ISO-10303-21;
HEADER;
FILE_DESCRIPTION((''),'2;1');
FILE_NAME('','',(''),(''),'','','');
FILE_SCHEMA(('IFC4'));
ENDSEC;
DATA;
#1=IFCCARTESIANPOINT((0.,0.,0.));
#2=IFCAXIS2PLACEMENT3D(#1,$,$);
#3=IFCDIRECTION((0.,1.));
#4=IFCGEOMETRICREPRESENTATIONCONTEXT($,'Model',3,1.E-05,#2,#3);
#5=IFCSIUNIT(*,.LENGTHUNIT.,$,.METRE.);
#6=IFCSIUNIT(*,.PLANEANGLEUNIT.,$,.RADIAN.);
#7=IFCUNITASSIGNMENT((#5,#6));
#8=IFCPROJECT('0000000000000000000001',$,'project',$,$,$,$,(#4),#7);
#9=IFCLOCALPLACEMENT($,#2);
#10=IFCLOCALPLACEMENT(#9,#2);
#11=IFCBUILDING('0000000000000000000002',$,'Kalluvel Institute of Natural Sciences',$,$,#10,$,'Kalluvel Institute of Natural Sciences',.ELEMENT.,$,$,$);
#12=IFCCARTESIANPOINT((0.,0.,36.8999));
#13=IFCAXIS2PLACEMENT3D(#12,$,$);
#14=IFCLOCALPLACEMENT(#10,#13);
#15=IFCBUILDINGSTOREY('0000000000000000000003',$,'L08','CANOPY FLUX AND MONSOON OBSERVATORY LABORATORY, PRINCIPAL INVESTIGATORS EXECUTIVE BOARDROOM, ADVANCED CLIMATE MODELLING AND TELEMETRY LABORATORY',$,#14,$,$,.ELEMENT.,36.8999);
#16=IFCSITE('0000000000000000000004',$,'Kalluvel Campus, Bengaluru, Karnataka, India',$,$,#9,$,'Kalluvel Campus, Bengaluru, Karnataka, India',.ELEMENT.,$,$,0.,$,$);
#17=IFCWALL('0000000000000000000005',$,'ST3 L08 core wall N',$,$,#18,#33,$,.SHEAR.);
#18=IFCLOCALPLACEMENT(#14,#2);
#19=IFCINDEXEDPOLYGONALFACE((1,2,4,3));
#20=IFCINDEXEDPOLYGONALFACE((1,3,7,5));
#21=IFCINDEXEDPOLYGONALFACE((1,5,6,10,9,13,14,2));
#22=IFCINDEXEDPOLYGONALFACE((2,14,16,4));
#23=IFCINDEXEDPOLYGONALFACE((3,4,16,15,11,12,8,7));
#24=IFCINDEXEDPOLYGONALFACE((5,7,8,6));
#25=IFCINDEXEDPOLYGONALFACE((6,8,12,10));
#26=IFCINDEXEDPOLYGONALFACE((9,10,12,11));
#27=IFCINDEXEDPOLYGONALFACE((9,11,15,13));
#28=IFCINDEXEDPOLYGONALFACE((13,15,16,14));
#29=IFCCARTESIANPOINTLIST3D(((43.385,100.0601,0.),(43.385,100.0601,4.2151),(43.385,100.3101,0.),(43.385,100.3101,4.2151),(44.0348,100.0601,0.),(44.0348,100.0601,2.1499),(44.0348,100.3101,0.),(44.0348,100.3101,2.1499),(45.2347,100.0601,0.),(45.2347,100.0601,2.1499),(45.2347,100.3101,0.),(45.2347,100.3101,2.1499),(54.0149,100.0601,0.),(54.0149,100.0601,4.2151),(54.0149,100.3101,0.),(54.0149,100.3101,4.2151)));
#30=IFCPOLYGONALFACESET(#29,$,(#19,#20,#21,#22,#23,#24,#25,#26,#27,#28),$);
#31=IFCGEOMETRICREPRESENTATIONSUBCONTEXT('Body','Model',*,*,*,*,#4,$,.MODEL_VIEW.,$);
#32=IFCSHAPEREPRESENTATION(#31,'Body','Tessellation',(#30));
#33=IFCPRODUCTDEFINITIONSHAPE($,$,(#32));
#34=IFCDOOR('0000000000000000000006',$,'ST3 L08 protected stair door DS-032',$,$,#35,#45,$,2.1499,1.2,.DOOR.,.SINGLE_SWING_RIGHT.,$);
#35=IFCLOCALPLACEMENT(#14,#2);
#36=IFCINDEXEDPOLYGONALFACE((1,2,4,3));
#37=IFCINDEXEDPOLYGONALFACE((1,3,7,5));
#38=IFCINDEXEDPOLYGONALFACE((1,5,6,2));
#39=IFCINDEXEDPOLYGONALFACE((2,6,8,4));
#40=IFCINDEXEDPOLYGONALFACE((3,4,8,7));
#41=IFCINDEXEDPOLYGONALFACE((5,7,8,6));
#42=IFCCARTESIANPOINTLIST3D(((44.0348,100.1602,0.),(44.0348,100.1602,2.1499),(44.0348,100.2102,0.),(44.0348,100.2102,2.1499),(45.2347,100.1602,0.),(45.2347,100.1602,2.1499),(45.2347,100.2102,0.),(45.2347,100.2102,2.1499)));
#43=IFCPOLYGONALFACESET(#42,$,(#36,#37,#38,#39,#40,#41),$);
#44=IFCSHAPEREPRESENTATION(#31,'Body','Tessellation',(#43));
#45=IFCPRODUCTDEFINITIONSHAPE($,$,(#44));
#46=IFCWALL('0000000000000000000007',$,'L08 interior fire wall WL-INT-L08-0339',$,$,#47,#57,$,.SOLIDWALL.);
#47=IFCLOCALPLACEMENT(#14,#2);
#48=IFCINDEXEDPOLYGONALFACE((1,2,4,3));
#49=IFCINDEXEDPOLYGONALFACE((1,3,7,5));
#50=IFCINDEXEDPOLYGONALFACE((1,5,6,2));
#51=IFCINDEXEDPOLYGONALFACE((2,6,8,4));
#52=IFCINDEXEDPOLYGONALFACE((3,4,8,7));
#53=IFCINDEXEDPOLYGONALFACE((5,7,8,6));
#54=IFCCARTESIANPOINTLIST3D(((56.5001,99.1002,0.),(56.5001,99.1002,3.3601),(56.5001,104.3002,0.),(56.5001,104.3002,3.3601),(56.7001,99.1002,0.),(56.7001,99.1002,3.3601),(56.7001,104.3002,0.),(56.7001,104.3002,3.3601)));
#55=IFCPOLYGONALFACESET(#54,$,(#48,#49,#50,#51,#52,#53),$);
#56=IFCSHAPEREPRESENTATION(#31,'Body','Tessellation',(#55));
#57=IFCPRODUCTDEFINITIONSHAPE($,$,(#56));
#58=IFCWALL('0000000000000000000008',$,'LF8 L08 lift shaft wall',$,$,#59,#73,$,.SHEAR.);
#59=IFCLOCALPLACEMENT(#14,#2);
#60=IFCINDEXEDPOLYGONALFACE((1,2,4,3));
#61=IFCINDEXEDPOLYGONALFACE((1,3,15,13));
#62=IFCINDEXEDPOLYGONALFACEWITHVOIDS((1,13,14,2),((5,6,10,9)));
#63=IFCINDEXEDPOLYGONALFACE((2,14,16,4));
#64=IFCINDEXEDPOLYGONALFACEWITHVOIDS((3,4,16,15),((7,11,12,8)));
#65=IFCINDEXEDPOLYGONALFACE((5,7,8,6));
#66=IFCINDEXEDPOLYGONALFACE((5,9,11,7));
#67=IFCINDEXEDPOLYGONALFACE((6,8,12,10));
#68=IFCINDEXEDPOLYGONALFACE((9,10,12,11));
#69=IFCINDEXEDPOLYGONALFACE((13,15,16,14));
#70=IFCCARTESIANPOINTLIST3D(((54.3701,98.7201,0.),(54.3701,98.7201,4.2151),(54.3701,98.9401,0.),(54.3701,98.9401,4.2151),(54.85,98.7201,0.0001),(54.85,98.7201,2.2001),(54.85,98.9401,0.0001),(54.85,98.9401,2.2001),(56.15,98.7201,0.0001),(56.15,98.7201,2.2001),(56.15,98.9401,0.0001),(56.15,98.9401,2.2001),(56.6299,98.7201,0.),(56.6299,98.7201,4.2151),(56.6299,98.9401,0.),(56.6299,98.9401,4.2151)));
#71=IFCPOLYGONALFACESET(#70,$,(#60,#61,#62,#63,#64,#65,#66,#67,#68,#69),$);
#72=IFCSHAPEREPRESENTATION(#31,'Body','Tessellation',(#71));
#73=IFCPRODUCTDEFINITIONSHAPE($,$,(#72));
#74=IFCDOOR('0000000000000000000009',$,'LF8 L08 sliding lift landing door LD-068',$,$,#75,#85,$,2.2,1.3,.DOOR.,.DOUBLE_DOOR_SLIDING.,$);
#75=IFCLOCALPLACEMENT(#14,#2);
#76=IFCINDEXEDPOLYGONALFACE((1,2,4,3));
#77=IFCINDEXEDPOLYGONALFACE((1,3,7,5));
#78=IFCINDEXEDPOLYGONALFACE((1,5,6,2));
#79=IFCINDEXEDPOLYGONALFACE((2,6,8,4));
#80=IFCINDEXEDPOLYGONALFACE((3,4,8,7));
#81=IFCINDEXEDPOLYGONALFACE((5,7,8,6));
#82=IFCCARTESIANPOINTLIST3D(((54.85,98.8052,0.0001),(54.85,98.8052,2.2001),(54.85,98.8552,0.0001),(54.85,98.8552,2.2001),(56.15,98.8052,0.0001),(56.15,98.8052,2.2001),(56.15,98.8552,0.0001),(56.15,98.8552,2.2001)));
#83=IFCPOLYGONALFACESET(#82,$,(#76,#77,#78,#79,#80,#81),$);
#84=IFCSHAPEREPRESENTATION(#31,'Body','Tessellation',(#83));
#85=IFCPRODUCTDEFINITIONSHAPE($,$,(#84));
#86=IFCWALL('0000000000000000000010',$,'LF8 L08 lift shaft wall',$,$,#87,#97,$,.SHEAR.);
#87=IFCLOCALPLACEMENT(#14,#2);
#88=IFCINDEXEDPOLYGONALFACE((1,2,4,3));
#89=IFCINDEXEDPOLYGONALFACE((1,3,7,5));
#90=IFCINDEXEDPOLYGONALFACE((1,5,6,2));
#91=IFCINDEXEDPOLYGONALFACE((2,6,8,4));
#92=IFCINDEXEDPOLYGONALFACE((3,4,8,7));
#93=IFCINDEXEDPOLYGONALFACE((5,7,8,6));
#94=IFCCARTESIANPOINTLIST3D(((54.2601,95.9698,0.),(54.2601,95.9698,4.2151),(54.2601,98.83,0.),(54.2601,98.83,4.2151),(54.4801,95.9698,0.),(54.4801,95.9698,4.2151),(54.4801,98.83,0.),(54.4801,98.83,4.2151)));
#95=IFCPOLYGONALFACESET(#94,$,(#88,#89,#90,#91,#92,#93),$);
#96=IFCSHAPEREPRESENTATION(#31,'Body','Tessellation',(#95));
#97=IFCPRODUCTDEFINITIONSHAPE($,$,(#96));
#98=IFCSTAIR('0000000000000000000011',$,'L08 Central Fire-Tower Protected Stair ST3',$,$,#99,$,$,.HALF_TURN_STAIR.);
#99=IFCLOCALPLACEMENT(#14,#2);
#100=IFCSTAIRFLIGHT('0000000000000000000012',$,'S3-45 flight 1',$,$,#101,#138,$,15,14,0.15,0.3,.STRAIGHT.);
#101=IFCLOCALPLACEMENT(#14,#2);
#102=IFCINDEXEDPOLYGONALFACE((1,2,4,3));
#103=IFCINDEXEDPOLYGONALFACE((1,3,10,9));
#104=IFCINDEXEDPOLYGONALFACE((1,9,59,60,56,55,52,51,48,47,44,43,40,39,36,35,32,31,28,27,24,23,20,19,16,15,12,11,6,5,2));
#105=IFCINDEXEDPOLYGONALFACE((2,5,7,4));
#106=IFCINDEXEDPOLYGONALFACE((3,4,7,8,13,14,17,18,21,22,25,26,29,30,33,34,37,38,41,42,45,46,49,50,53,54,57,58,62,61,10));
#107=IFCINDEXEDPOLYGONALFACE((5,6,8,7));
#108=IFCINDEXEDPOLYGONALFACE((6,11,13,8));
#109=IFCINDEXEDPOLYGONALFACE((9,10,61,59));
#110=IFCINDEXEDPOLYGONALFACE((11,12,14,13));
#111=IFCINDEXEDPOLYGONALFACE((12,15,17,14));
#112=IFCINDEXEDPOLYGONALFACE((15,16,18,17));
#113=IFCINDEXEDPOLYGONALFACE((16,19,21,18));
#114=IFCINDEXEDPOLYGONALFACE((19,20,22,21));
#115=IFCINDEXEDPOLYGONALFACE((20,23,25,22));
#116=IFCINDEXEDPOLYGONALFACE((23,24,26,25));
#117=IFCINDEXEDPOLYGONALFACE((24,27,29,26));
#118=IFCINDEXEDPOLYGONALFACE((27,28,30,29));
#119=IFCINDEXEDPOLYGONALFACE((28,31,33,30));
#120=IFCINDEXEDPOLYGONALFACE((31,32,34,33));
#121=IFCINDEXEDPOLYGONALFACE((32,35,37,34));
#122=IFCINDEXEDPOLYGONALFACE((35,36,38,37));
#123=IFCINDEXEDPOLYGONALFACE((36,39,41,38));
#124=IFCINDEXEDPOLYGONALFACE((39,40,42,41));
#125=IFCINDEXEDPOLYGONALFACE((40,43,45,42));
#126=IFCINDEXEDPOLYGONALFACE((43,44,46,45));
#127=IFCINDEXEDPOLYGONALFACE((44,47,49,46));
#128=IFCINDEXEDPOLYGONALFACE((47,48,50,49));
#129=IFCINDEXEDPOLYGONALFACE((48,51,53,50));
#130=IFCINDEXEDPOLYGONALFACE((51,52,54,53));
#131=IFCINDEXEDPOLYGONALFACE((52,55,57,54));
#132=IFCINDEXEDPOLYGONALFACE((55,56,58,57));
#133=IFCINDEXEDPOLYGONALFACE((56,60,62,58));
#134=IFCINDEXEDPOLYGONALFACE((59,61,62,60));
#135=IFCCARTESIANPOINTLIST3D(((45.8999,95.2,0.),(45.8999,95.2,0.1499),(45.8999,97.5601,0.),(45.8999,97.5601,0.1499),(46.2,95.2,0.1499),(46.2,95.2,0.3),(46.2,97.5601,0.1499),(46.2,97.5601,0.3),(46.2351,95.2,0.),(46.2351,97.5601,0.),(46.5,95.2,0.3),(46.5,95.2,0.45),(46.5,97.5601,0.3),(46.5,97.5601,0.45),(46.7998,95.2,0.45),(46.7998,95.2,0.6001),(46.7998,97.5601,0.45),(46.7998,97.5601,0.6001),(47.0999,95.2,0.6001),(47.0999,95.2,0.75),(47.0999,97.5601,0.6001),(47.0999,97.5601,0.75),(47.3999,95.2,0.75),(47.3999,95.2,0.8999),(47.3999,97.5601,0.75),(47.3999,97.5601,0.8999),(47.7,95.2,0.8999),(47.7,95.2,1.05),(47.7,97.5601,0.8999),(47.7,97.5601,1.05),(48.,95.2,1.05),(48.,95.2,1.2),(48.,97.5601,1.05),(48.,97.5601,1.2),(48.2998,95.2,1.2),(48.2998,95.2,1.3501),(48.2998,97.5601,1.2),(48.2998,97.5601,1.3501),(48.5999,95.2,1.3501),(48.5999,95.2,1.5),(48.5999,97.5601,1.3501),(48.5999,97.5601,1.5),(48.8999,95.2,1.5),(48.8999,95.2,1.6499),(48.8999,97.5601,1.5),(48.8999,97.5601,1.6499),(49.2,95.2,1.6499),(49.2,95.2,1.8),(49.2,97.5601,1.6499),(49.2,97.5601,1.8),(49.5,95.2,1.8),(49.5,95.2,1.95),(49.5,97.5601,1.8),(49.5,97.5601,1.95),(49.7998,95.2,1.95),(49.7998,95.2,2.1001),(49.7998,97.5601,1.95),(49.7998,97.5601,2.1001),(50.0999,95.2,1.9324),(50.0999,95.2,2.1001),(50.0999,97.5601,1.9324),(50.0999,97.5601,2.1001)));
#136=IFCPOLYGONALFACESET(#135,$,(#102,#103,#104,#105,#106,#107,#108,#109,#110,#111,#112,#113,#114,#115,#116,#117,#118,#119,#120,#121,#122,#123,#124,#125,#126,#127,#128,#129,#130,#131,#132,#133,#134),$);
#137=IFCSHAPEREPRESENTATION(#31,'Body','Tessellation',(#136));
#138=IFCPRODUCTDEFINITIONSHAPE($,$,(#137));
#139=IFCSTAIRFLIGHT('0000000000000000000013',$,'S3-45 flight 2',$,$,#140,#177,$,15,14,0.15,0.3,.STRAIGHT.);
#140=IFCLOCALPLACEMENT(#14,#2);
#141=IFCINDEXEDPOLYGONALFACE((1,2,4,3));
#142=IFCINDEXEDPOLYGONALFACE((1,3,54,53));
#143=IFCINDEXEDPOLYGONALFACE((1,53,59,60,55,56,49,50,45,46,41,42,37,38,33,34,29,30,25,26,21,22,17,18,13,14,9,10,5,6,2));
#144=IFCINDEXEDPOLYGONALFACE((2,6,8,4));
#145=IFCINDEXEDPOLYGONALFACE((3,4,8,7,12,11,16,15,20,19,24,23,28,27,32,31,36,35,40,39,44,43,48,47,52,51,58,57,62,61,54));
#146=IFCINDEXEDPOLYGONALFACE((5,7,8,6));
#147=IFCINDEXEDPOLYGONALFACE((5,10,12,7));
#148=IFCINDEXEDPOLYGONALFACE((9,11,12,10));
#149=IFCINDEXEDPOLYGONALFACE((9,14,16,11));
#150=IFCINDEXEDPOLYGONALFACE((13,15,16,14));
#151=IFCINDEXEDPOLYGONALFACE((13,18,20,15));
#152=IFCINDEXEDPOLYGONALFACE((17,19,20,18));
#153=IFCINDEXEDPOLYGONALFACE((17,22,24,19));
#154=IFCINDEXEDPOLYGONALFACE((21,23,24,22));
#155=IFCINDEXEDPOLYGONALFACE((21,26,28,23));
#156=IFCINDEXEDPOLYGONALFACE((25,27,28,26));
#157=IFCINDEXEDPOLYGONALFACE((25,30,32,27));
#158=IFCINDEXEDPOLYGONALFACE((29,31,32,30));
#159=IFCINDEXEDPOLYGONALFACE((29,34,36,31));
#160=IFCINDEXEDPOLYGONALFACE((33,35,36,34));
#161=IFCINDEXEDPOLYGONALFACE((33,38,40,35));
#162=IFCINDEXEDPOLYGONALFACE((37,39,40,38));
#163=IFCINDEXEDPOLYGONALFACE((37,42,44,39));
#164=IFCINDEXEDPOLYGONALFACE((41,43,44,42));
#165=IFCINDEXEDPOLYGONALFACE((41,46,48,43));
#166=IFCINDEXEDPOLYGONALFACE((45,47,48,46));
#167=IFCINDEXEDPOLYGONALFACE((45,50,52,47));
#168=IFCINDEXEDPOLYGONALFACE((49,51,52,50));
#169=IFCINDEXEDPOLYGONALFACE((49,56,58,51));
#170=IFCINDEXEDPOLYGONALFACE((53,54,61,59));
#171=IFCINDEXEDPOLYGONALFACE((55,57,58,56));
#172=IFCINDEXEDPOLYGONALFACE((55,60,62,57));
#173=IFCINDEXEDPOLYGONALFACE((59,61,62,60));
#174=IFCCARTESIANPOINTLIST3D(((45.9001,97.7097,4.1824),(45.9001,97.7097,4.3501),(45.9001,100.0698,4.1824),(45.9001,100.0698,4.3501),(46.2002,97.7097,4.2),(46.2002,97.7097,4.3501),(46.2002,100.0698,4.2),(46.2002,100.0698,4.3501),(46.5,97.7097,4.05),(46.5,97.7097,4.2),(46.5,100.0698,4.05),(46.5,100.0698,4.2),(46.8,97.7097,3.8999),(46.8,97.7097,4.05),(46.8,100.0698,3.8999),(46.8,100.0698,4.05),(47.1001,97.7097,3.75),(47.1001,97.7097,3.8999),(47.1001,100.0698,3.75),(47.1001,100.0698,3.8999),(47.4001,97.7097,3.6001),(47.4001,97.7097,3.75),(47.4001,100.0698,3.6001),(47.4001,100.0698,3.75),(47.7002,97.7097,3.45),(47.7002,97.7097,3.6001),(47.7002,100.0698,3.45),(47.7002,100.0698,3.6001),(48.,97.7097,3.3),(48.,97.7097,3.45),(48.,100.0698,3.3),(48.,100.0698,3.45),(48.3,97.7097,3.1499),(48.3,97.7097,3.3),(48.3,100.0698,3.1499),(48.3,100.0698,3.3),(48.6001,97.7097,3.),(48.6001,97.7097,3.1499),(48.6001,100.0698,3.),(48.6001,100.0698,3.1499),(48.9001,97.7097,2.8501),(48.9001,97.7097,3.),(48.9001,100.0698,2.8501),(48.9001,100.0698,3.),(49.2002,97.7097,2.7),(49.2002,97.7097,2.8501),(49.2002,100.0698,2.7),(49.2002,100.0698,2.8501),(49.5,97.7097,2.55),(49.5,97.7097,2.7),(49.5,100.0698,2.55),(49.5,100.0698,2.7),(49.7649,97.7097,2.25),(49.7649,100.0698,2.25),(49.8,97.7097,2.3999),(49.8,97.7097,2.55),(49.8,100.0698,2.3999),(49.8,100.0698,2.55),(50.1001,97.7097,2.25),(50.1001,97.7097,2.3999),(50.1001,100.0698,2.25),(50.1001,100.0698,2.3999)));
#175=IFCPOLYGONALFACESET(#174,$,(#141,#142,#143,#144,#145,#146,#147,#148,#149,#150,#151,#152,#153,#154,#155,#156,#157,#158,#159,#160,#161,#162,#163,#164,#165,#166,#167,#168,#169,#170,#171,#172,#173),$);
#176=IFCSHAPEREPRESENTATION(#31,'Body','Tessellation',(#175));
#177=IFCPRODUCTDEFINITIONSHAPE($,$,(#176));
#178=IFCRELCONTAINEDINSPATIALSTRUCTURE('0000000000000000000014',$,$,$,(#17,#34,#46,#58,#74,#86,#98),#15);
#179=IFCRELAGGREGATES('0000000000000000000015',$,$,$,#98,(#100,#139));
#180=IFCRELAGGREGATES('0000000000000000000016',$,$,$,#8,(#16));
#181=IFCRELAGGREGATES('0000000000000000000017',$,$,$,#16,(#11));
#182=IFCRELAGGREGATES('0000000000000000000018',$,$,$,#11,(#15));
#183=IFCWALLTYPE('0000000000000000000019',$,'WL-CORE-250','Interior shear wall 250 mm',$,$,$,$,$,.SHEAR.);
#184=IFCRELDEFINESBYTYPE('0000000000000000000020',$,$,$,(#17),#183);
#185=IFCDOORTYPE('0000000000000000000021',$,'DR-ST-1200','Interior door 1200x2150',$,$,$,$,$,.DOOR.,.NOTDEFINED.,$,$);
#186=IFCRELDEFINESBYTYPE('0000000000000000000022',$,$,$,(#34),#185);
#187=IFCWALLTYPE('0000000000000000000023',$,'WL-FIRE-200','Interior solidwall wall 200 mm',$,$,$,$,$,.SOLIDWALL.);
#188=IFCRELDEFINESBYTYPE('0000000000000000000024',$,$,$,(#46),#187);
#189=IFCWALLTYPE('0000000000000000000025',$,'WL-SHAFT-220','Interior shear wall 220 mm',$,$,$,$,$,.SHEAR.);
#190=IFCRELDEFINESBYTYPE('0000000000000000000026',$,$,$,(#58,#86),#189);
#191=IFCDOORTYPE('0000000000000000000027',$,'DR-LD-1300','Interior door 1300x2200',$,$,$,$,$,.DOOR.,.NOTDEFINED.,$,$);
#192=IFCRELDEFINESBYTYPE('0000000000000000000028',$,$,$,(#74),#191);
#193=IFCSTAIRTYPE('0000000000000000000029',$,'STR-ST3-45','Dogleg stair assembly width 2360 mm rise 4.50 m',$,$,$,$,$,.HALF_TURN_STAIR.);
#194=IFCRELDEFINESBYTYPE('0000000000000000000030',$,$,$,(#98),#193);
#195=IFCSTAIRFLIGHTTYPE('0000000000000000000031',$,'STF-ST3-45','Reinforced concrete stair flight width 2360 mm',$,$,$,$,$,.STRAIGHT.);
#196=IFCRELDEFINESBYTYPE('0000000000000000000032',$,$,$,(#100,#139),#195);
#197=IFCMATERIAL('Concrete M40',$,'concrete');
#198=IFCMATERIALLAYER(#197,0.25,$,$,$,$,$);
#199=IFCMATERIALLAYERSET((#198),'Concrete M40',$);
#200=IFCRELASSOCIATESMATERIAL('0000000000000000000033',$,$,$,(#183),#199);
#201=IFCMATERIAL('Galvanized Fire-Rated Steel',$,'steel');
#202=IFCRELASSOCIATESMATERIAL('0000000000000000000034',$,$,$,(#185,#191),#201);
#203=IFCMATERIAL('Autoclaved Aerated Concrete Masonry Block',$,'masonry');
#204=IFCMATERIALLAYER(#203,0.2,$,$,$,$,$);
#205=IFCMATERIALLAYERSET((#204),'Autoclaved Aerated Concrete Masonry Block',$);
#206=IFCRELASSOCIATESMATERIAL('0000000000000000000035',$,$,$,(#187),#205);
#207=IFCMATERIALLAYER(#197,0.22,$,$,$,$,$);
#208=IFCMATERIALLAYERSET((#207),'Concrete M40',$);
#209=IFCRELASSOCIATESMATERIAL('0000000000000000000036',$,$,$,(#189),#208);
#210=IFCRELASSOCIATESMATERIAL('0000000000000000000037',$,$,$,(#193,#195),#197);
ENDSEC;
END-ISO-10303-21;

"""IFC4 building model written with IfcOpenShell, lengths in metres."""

from ifc_helpers import new_model, si_unit, direction, frame, frame_2d, origin, place, context, subcontext, project, spatial, polyline, rectangle, outline, extrude, material, layer, layer_set, type_object, element, fill, aggregate, save


model = new_model("IFC4")

# Units and contexts
model_context = context("Model", 3, precision=1e-05, world=origin(), true_north=direction((0.0, 1.0)))
body_context = subcontext(model_context, "Body", "Model", "MODEL_VIEW")
ifc_project = project(units=[si_unit("LENGTHUNIT", "METRE"), si_unit("PLANEANGLEUNIT", "RADIAN")], contexts=[model_context])

# Site, building, storey
site_placement = place(None, origin())
site = spatial("IfcSite", under=ifc_project, at=site_placement, Name="Kalluvel Campus, Bengaluru, Karnataka, India", LongName="Kalluvel Campus, Bengaluru, Karnataka, India", CompositionType="ELEMENT", RefElevation=0.0)
building_placement = place(site_placement, origin())
building = spatial("IfcBuilding", under=site, at=building_placement, Name="Kalluvel Institute of Natural Sciences", LongName="Kalluvel Institute of Natural Sciences", CompositionType="ELEMENT")
storey_placement = place(building_placement, frame((0.0, 0.0, 36.8999)))
storey = spatial("IfcBuildingStorey", under=building, at=storey_placement, Name="L08", Description="CANOPY FLUX AND MONSOON OBSERVATORY LABORATORY, PRINCIPAL INVESTIGATORS EXECUTIVE BOARDROOM, ADVANCED CLIMATE MODELLING AND TELEMETRY LABORATORY", CompositionType="ELEMENT", Elevation=36.8999)

# Shared definitions
ifc_material_1 = material(Name="Concrete M40", Category="concrete")

# Wall, opening, door
ifc_layer_1 = layer(ifc_material_1, 0.25)
ifc_layer_set_1 = layer_set([ifc_layer_1], Name="Concrete M40")
wall_type_1 = type_object("IfcWallType", Name="WL-CORE-250", Description="Interior shear wall 250 mm", PredefinedType="SHEAR", material=ifc_layer_set_1)
wall_1_placement = place(storey_placement, frame((54.0149, 100.1851, 0.0), z_axis=(0.0, 0.0, 1.0), x_axis=(-1.0, 0.0, 0.0)))
wall_1 = element("IfcWall", 1, at=wall_1_placement, inside=storey, type_object=wall_type_1, Name="ST3 L08 core wall N", PredefinedType="SHEAR", context=body_context, shape_type="SweptSolid", body=[
    extrude(rectangle(XDim=10.6299, YDim=0.25, at=frame_2d((5.3149, 0.0))), origin(), (0.0, 0.0, 1.0), 4.2151),
])
opening_1_placement = place(wall_1_placement, frame((8.78, 0.0, 0.0)))
opening_1 = element("IfcOpeningElement", 2, at=opening_1_placement, cuts=wall_1, PredefinedType="OPENING", context=body_context, shape_type="SweptSolid", body=[
    extrude(rectangle(XDim=1.2, YDim=2.1499, at=frame_2d((0.6001, 1.075))), frame((0.0, 0.135, 0.0), z_axis=(0.0, -1.0, 0.0), x_axis=(1.0, 0.0, 0.0)), (0.0, 0.0, 1.0), 0.27),
])
ifc_material_2 = material(Name="Galvanized Fire-Rated Steel", Category="steel")
door_type_1 = type_object("IfcDoorType", Name="DR-ST-1200", Description="Interior door 1200x2150", OperationType="NOTDEFINED", PredefinedType="DOOR", material=ifc_material_2)
door_1_placement = place(opening_1_placement, origin())
door_1 = element("IfcDoor", 3, at=door_1_placement, inside=storey, type_object=door_type_1, Name="ST3 L08 protected stair door DS-032", OperationType="SINGLE_SWING_RIGHT", OverallHeight=2.1499, OverallWidth=1.2, PredefinedType="DOOR", context=body_context, shape_type="SweptSolid", body=[
    extrude(rectangle(XDim=1.2, YDim=2.1499, at=frame_2d((0.6001, 1.075))), frame((0.0, 0.0249, 0.0), z_axis=(0.0, -1.0, 0.0), x_axis=(1.0, 0.0, 0.0)), (0.0, 0.0, 1.0), 0.05),
])
fill(opening_1, door_1)
ifc_material_3 = material(Name="Autoclaved Aerated Concrete Masonry Block", Category="masonry")
ifc_layer_2 = layer(ifc_material_3, 0.2)
ifc_layer_set_2 = layer_set([ifc_layer_2], Name="Autoclaved Aerated Concrete Masonry Block")
wall_type_2 = type_object("IfcWallType", Name="WL-FIRE-200", Description="Interior solidwall wall 200 mm", PredefinedType="SOLIDWALL", material=ifc_layer_set_2)

# Wall
wall_2_placement = place(storey_placement, frame((56.6001, 99.1001, 0.0), z_axis=(0.0, 0.0, 1.0), x_axis=(0.0, 1.0, 0.0)))
element("IfcWall", 4, at=wall_2_placement, inside=storey, type_object=wall_type_2, Name="L08 interior fire wall WL-INT-L08-0339", PredefinedType="SOLIDWALL", context=body_context, shape_type="SweptSolid", body=[
    extrude(rectangle(XDim=5.2, YDim=0.2, at=frame_2d((2.6001, 0.0))), origin(), (0.0, 0.0, 1.0), 3.3601),
])

# Wall, opening, door
ifc_layer_3 = layer(ifc_material_1, 0.22)
ifc_layer_set_3 = layer_set([ifc_layer_3], Name="Concrete M40")
wall_type_3 = type_object("IfcWallType", Name="WL-SHAFT-220", Description="Interior shear wall 220 mm", PredefinedType="SHEAR", material=ifc_layer_set_3)
wall_3_placement = place(storey_placement, frame((56.6299, 98.8301, 0.0), z_axis=(0.0, 0.0, 1.0), x_axis=(-1.0, 0.0, 0.0)))
wall_3 = element("IfcWall", 5, at=wall_3_placement, inside=storey, type_object=wall_type_3, Name="LF8 L08 lift shaft wall", PredefinedType="SHEAR", context=body_context, shape_type="SweptSolid", body=[
    extrude(rectangle(XDim=2.2598, YDim=0.22, at=frame_2d((1.1299, 0.0))), origin(), (0.0, 0.0, 1.0), 4.2151),
])
opening_2_placement = place(wall_3_placement, frame((0.48, 0.0, 0.0)))
opening_2 = element("IfcOpeningElement", 6, at=opening_2_placement, cuts=wall_3, PredefinedType="OPENING", context=body_context, shape_type="SweptSolid", body=[
    extrude(rectangle(XDim=1.3, YDim=2.2, at=frame_2d((0.6499, 1.1001))), frame((0.0, 0.1199, 0.0), z_axis=(0.0, -1.0, 0.0), x_axis=(1.0, 0.0, 0.0)), (0.0, 0.0, 1.0), 0.24),
])
door_type_2 = type_object("IfcDoorType", Name="DR-LD-1300", Description="Interior door 1300x2200", OperationType="NOTDEFINED", PredefinedType="DOOR", material=ifc_material_2)
door_2_placement = place(opening_2_placement, origin())
door_2 = element("IfcDoor", 7, at=door_2_placement, inside=storey, type_object=door_type_2, Name="LF8 L08 sliding lift landing door LD-068", OperationType="DOUBLE_DOOR_SLIDING", OverallHeight=2.2, OverallWidth=1.3, PredefinedType="DOOR", context=body_context, shape_type="SweptSolid", body=[
    extrude(rectangle(XDim=1.3, YDim=2.2, at=frame_2d((0.6499, 1.1001))), frame((0.0, 0.0249, 0.0), z_axis=(0.0, -1.0, 0.0), x_axis=(1.0, 0.0, 0.0)), (0.0, 0.0, 1.0), 0.05),
])
fill(opening_2, door_2)

# Wall
wall_4_placement = place(storey_placement, frame((54.3701, 98.8301, 0.0), z_axis=(0.0, 0.0, 1.0), x_axis=(0.0, -1.0, 0.0)))
element("IfcWall", 8, at=wall_4_placement, inside=storey, type_object=wall_type_3, Name="LF8 L08 lift shaft wall", PredefinedType="SHEAR", context=body_context, shape_type="SweptSolid", body=[
    extrude(rectangle(XDim=2.8601, YDim=0.22, at=frame_2d((1.4302, 0.0))), origin(), (0.0, 0.0, 1.0), 4.2151),
])

# Stair, stair flights
stair_type = type_object("IfcStairType", Name="STR-ST3-45", Description="Dogleg stair assembly width 2360 mm rise 4.50 m", PredefinedType="HALF_TURN_STAIR", material=ifc_material_1)
stair_placement = place(storey_placement, origin())
stair = element("IfcStair", 9, at=stair_placement, inside=storey, type_object=stair_type, Name="L08 Central Fire-Tower Protected Stair ST3", PredefinedType="HALF_TURN_STAIR")
stair_flight_type = type_object("IfcStairFlightType", Name="STF-ST3-45", Description="Reinforced concrete stair flight width 2360 mm", PredefinedType="STRAIGHT", material=ifc_material_1)
stair_flight_1_placement = place(storey_placement, frame((45.8999, 96.3799, 0.0), z_axis=(0.0, 0.0, 1.0), x_axis=(1.0, 0.0, 0.0)))
stair_flight_1 = element("IfcStairFlight", 10, at=stair_flight_1_placement, type_object=stair_flight_type, Name="S3-45 flight 1", NumberOfRisers=15, NumberOfTreads=14, PredefinedType="STRAIGHT", RiserHeight=0.15, TreadLength=0.3, context=body_context, shape_type="SweptSolid", body=[
    extrude(outline(polyline([(0.0, 0.0), (0.0, 0.1499), (0.3, 0.1499), (0.3, 0.3), (0.6001, 0.3), (0.6001, 0.45), (0.8999, 0.45), (0.8999, 0.6001), (1.2, 0.6001), (1.2, 0.75), (1.5, 0.75), (1.5, 0.8999), (1.8, 0.8999), (1.8, 1.05), (2.1001, 1.05), (2.1001, 1.2), (2.3999, 1.2), (2.3999, 1.3501), (2.7, 1.3501), (2.7, 1.5), (3.0, 1.5), (3.0, 1.6499), (3.3, 1.6499), (3.3, 1.8), (3.6001, 1.8), (3.6001, 1.95), (3.8999, 1.95), (3.8999, 2.1001), (4.2, 2.1001), (4.2, 2.25), (4.2, 1.9324), (0.3352, 0.0), (0.0, 0.0)])), frame((0.0, 1.1802, 0.0), z_axis=(0.0, -1.0, 0.0), x_axis=(1.0, 0.0, 0.0)), (0.0, 0.0, 1.0), 2.3601),
])
stair_flight_2_placement = place(storey_placement, frame((50.1001, 98.8899, 2.25), z_axis=(0.0, 0.0, 1.0), x_axis=(-1.0, 0.0, 0.0)))
stair_flight_2 = element("IfcStairFlight", 11, at=stair_flight_2_placement, type_object=stair_flight_type, Name="S3-45 flight 2", NumberOfRisers=15, NumberOfTreads=14, PredefinedType="STRAIGHT", RiserHeight=0.15, TreadLength=0.3, context=body_context, shape_type="SweptSolid", body=[
    extrude(outline(polyline([(0.0, 0.0), (0.0, 0.1499), (0.3, 0.1499), (0.3, 0.3), (0.6001, 0.3), (0.6001, 0.45), (0.8999, 0.45), (0.8999, 0.6001), (1.2, 0.6001), (1.2, 0.75), (1.5, 0.75), (1.5, 0.8999), (1.8, 0.8999), (1.8, 1.05), (2.1001, 1.05), (2.1001, 1.2), (2.3999, 1.2), (2.3999, 1.3501), (2.7, 1.3501), (2.7, 1.5), (3.0, 1.5), (3.0, 1.6499), (3.3, 1.6499), (3.3, 1.8), (3.6001, 1.8), (3.6001, 1.95), (3.8999, 1.95), (3.8999, 2.1001), (4.2, 2.1001), (4.2, 2.25), (4.2, 1.9324), (0.3352, 0.0), (0.0, 0.0)])), frame((0.0, 1.1802, 0.0), z_axis=(0.0, -1.0, 0.0), x_axis=(1.0, 0.0, 0.0)), (0.0, 0.0, 1.0), 2.3601),
])
aggregate(stair, [stair_flight_1, stair_flight_2])

save(model, "model.ifc")
